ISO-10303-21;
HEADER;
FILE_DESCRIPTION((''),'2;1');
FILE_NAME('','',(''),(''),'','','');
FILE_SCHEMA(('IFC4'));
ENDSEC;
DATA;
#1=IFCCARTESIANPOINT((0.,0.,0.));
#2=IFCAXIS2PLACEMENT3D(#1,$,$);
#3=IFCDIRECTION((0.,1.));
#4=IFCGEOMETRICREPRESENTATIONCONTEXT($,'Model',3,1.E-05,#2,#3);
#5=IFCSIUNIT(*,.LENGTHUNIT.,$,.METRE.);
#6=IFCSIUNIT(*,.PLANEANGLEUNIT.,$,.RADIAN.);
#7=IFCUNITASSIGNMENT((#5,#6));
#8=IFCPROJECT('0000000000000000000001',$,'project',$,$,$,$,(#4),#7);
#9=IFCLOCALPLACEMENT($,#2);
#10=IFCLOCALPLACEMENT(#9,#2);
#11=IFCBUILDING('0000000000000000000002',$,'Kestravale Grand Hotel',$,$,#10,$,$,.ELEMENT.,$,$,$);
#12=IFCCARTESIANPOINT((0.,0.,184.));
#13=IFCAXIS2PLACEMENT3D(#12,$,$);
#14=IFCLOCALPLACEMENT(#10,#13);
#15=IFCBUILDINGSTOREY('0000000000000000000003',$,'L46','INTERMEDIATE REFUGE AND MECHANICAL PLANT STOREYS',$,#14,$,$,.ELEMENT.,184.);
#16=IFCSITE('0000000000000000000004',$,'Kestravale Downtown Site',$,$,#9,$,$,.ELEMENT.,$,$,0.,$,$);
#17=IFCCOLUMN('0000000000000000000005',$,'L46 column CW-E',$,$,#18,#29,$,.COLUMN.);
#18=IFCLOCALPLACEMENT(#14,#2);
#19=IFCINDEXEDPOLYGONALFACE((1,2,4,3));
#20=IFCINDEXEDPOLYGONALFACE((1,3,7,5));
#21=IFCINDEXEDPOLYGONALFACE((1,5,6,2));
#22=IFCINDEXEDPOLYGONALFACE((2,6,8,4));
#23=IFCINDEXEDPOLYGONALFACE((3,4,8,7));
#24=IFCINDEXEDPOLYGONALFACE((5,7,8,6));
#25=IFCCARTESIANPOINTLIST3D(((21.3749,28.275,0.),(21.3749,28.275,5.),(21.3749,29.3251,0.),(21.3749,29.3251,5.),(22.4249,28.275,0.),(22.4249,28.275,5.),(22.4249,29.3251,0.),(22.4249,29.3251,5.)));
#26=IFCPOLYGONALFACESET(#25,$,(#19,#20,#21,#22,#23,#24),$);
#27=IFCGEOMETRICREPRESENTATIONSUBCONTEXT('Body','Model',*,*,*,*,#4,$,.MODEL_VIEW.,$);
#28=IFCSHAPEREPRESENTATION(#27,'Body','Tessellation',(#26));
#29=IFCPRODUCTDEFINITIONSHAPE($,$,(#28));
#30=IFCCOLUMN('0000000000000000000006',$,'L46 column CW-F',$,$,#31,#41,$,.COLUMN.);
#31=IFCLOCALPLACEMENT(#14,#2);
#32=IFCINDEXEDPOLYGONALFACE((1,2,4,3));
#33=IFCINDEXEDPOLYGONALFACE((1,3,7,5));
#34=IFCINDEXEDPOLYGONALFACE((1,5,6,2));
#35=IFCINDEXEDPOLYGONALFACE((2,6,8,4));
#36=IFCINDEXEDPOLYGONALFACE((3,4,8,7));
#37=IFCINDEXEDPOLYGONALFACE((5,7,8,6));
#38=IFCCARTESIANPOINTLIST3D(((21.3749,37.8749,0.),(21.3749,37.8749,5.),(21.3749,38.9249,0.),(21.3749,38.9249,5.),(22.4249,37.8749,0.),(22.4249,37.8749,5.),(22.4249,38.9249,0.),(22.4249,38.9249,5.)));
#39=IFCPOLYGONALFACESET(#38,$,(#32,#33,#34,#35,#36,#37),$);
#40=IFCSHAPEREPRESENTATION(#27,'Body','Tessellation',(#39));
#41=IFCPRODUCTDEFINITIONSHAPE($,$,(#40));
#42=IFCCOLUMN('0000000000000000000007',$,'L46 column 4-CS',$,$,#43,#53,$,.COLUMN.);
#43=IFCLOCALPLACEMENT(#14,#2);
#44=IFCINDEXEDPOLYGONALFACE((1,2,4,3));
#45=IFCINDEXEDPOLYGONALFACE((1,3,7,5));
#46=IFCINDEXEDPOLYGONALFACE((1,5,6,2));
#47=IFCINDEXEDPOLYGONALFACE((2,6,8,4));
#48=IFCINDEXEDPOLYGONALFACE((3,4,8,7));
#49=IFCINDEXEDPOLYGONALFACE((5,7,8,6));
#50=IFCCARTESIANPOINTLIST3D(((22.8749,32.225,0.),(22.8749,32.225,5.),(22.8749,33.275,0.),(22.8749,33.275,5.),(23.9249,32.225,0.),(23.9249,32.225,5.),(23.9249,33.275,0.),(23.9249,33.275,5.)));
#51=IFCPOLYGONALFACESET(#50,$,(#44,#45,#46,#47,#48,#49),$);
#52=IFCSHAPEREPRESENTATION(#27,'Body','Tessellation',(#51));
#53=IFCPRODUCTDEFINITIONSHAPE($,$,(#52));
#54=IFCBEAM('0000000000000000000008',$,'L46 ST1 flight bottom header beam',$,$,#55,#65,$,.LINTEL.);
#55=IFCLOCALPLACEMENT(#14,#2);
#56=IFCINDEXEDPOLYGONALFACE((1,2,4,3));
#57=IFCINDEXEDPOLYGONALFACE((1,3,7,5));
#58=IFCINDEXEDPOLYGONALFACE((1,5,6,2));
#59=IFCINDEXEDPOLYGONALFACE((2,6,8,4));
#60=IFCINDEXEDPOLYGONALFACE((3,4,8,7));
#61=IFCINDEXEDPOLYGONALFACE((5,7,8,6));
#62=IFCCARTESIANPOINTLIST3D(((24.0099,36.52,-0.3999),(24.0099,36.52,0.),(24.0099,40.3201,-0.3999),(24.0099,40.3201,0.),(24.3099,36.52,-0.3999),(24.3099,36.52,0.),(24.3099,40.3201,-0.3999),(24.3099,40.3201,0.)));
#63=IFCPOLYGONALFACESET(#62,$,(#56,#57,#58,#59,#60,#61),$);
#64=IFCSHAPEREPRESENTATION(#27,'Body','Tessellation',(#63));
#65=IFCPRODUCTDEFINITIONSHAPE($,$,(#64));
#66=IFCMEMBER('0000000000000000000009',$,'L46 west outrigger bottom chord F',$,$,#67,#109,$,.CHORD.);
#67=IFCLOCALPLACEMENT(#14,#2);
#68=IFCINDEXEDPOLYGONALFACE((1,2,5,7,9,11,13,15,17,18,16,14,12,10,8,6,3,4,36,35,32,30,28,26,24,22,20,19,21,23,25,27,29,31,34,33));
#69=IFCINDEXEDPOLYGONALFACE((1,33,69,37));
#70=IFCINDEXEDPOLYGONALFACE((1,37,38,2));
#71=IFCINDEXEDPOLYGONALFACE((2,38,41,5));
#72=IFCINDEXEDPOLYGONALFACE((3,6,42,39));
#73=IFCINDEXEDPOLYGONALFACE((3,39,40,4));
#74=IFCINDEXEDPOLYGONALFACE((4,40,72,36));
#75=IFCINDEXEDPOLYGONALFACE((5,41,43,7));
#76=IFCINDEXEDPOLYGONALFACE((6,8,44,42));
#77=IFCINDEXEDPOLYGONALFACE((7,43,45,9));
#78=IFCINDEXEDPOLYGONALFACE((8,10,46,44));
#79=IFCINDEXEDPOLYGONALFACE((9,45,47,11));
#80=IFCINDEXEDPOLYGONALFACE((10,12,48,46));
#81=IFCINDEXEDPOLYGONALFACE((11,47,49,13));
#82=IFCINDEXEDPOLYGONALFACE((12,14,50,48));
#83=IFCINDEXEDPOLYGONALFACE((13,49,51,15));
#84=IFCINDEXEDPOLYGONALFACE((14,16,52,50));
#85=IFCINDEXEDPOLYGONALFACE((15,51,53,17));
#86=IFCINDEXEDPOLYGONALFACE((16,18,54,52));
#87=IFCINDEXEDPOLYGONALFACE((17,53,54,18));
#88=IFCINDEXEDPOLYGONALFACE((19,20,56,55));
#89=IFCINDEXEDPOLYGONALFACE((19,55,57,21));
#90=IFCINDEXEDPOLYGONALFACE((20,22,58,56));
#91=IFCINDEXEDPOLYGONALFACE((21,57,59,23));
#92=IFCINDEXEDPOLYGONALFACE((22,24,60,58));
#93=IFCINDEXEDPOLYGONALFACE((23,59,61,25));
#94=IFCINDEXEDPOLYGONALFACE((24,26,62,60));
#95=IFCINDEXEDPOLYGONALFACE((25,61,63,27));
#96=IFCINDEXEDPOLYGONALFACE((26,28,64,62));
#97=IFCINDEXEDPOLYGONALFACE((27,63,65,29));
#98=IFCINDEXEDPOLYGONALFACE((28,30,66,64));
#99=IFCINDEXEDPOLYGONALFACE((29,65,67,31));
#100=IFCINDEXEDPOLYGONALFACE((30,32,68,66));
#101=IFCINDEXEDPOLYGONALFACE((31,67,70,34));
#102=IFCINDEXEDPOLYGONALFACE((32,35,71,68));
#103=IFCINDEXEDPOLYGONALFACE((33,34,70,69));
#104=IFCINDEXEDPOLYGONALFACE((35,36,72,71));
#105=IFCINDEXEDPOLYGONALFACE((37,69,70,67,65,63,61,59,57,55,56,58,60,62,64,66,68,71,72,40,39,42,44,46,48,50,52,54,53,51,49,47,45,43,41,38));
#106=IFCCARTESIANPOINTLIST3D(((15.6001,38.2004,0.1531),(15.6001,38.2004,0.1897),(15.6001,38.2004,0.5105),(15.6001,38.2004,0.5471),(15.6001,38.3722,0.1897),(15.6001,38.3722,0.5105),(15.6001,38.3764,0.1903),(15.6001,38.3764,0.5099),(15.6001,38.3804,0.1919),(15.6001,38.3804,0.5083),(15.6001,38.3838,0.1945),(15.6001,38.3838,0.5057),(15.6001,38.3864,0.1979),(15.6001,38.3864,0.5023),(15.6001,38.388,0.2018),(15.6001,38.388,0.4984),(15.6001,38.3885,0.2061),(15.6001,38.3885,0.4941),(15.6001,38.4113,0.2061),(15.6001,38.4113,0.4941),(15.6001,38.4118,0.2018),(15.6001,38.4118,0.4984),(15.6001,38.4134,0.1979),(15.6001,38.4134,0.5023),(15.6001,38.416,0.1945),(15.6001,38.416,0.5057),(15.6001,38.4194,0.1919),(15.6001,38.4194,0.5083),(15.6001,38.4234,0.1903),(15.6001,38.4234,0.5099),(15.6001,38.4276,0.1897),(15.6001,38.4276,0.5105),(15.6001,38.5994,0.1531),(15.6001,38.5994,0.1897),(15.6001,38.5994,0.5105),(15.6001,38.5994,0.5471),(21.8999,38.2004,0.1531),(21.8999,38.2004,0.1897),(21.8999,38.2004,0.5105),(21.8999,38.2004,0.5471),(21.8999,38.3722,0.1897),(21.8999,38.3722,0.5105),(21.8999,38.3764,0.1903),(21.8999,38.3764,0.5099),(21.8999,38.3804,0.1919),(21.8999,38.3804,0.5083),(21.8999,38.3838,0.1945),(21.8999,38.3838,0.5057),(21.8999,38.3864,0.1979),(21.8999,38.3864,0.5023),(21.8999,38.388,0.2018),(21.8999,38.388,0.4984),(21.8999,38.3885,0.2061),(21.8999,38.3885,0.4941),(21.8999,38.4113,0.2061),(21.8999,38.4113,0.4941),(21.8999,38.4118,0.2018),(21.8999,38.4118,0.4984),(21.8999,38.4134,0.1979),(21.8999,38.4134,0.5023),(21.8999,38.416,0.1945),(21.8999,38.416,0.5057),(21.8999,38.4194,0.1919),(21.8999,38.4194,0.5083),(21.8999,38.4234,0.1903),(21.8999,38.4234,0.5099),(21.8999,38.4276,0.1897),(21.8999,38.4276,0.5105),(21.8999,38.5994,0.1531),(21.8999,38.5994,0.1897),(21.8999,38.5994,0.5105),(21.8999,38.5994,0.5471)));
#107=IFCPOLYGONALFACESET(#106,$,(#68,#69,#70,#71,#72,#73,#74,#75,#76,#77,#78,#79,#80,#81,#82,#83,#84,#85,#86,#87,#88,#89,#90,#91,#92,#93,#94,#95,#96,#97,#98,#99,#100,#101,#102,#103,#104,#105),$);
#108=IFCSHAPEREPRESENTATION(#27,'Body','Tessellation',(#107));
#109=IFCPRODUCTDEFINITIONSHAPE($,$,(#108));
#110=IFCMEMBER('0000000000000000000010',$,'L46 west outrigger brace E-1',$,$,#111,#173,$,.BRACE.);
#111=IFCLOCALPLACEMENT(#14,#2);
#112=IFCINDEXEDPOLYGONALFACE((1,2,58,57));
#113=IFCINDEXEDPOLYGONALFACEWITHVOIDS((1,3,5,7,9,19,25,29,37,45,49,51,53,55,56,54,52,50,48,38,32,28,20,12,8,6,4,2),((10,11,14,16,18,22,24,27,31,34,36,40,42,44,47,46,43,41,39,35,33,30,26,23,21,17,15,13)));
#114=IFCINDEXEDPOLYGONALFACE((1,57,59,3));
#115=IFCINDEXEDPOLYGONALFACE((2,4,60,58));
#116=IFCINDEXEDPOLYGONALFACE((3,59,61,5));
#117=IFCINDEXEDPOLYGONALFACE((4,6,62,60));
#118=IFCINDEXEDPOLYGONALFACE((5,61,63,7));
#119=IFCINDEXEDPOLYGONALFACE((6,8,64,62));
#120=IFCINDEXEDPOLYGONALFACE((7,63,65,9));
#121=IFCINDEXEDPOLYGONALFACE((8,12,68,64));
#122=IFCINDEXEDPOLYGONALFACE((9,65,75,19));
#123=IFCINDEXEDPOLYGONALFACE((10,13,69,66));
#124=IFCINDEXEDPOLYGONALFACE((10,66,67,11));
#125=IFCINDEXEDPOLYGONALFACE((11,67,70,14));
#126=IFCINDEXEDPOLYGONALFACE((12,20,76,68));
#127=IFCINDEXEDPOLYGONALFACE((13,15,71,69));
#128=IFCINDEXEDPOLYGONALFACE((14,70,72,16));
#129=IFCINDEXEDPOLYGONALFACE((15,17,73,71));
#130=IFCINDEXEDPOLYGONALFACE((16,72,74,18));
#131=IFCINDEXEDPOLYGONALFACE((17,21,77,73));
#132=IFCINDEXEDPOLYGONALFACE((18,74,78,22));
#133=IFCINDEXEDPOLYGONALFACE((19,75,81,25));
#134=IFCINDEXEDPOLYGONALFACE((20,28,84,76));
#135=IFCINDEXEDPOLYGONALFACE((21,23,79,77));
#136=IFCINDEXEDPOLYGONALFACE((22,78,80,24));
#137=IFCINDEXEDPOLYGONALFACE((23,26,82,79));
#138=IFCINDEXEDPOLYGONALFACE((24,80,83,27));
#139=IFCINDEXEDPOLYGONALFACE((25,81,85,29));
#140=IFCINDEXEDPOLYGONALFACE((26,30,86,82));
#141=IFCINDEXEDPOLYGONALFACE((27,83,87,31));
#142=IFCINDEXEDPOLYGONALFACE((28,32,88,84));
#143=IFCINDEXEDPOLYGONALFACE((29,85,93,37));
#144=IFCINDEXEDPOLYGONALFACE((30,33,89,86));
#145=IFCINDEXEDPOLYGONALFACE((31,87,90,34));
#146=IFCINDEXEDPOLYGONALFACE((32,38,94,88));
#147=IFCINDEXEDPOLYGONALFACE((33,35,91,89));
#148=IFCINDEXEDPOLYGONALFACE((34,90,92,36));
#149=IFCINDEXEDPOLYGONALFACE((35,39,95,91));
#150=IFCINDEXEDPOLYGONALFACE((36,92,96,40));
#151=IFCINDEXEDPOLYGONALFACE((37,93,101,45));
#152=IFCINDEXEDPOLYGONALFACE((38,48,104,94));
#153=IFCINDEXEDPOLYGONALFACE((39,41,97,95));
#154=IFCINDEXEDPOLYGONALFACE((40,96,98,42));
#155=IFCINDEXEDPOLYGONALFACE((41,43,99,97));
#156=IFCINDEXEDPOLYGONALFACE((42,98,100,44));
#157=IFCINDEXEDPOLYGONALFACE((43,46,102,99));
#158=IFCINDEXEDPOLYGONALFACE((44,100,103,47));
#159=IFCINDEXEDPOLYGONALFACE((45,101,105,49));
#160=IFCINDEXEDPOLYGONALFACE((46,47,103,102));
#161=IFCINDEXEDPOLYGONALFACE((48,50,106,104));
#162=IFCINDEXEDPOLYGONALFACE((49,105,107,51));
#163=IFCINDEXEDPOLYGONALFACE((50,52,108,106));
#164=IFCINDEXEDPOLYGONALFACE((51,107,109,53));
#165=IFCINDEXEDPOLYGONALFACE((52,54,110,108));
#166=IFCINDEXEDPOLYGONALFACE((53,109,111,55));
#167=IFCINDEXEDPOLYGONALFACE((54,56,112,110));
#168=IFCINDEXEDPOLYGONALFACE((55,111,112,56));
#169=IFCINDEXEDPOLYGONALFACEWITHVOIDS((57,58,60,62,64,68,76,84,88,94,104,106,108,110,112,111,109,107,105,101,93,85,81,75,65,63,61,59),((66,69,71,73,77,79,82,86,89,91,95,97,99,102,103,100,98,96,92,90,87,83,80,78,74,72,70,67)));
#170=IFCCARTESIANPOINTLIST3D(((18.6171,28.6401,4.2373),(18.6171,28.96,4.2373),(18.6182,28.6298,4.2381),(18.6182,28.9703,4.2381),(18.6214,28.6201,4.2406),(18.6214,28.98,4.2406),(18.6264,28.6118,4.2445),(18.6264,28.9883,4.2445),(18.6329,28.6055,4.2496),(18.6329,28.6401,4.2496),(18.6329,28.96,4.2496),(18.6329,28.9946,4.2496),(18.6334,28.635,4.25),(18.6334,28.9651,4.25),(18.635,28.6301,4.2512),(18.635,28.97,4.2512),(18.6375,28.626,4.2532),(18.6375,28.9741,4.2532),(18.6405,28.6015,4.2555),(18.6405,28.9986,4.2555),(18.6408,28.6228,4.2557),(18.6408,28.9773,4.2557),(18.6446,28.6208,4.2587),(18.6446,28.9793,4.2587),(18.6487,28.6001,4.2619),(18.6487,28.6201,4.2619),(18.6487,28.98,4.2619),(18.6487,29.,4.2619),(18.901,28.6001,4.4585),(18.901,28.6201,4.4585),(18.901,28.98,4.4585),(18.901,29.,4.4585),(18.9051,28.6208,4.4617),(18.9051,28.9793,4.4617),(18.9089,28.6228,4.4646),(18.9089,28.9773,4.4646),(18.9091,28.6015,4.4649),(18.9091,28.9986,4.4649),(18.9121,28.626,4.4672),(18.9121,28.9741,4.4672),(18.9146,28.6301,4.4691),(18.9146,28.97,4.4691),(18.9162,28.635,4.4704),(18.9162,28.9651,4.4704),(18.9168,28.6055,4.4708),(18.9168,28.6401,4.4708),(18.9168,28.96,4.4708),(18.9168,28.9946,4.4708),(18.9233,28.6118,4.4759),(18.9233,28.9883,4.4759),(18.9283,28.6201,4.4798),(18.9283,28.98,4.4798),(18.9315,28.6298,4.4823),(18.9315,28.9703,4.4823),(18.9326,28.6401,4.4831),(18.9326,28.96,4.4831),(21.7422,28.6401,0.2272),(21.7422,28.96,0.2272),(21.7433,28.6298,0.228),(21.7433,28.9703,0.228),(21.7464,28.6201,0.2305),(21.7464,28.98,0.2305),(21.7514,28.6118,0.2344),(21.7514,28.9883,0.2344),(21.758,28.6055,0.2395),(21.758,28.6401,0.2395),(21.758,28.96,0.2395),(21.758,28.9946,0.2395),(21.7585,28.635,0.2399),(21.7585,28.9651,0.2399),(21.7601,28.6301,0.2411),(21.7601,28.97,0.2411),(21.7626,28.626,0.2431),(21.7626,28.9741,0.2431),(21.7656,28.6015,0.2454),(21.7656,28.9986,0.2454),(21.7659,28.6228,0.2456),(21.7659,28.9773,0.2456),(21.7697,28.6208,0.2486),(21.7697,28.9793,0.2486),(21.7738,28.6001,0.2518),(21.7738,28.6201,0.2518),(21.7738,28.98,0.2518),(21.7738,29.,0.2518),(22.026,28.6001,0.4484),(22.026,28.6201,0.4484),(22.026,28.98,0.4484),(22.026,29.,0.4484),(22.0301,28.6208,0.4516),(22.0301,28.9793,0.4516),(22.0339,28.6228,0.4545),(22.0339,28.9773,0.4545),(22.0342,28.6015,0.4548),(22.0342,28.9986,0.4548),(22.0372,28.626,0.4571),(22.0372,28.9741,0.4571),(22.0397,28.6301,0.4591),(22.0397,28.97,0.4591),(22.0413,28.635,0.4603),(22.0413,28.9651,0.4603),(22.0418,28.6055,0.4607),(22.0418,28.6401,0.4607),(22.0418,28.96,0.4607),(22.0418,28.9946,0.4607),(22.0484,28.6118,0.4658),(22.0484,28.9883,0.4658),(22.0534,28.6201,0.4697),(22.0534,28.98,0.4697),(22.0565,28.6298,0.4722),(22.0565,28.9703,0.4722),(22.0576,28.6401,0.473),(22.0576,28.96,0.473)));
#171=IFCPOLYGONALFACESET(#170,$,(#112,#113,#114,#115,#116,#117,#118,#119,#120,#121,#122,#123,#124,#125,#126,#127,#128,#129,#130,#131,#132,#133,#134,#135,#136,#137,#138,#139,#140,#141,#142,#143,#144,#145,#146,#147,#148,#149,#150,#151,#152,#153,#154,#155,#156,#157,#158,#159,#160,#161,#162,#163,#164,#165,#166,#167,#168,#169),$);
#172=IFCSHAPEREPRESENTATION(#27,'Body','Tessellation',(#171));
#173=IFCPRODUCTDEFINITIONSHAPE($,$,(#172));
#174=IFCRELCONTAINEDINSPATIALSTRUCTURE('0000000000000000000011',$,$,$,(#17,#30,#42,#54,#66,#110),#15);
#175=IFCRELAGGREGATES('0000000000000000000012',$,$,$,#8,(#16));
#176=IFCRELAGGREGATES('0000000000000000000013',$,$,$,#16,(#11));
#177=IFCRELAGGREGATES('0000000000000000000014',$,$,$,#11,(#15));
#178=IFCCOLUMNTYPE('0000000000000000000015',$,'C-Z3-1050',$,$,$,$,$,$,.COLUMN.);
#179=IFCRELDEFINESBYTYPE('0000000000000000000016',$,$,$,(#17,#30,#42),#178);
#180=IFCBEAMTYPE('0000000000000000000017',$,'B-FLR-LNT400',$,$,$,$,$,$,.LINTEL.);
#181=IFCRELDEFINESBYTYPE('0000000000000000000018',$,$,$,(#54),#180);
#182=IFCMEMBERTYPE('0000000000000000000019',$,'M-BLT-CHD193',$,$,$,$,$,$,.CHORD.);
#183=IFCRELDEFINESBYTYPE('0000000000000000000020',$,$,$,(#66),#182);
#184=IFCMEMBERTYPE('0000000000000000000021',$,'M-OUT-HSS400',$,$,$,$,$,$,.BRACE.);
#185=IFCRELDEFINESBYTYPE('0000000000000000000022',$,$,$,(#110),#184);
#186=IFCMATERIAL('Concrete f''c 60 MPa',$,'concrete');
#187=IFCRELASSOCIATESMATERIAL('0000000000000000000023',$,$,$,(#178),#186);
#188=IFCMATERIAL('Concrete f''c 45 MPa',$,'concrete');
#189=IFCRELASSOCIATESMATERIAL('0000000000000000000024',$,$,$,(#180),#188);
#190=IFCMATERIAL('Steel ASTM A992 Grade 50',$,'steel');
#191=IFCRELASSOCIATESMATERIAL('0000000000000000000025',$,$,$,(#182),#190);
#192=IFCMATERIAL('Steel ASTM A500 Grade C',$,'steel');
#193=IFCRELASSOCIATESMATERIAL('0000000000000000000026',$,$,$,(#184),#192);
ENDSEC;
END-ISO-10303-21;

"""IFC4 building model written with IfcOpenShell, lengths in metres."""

from ifc_helpers import new_model, si_unit, direction, frame, origin, origin_2d, place, context, subcontext, project, spatial, rectangle, hollow_rectangle, i_section, extrude, material, material_profile, profile_set, type_object, element, save


model = new_model("IFC4")

# Units and contexts
model_context = context("Model", 3, precision=1e-05, world=origin(), true_north=direction((0.0, 1.0)))
body_context = subcontext(model_context, "Body", "Model", "MODEL_VIEW")
ifc_project = project(units=[si_unit("LENGTHUNIT", "METRE"), si_unit("PLANEANGLEUNIT", "RADIAN")], contexts=[model_context])

# Site, building, storey
site_placement = place(None, origin())
site = spatial("IfcSite", under=ifc_project, at=site_placement, Name="Kestravale Downtown Site", CompositionType="ELEMENT", RefElevation=0.0)
building_placement = place(site_placement, origin())
building = spatial("IfcBuilding", under=site, at=building_placement, Name="Kestravale Grand Hotel", CompositionType="ELEMENT")
storey_placement = place(building_placement, frame((0.0, 0.0, 184.0)))
storey = spatial("IfcBuildingStorey", under=building, at=storey_placement, Name="L46", Description="INTERMEDIATE REFUGE AND MECHANICAL PLANT STOREYS", CompositionType="ELEMENT", Elevation=184.0)

# Columns
ifc_material_1 = material(Name="Concrete f'c 60 MPa", Category="concrete")
ifc_material_profile_1 = material_profile(ifc_material_1, rectangle(XDim=1.05, YDim=1.05, at=origin_2d()))
ifc_profile_set_1 = profile_set([ifc_material_profile_1], Name="Concrete f'c 60 MPa")
column_type = type_object("IfcColumnType", Name="C-Z3-1050", PredefinedType="COLUMN", material=ifc_profile_set_1)
for number, where, z_axis, x_axis, name in (
    (1, (21.8999, 28.8, 0.0), (0.0, 0.0, 1.0), (1.0, 0.0, 0.0), "L46 column CW-E"),
    (2, (21.8999, 38.3999, 0.0), (0.0, 0.0, 1.0), (1.0, 0.0, 0.0), "L46 column CW-F"),
    (3, (23.3999, 32.75, 0.0), (0.0, 0.0, 1.0), (1.0, 0.0, 0.0), "L46 column 4-CS"),
):
    element("IfcColumn", number, at=place(storey_placement, frame(where, z_axis=z_axis, x_axis=x_axis)), inside=storey, type_object=column_type, Name=name, PredefinedType="COLUMN", context=body_context, shape_type="SweptSolid", body=[
        extrude(rectangle(XDim=1.05, YDim=1.05, at=origin_2d()), origin(), (0.0, 0.0, 1.0), 5.0),
    ])

# Beam
ifc_material_2 = material(Name="Concrete f'c 45 MPa", Category="concrete")
ifc_material_profile_2 = material_profile(ifc_material_2, rectangle(XDim=0.3, YDim=0.3999, at=origin_2d()))
ifc_profile_set_2 = profile_set([ifc_material_profile_2], Name="Concrete f'c 45 MPa")
beam_type = type_object("IfcBeamType", Name="B-FLR-LNT400", PredefinedType="LINTEL", material=ifc_profile_set_2)
beam_placement = place(storey_placement, frame((24.1599, 36.52, -0.2), z_axis=(0.0, 1.0, 0.0), x_axis=(-1.0, 0.0, 0.0)))
element("IfcBeam", 4, at=beam_placement, inside=storey, type_object=beam_type, Name="L46 ST1 flight bottom header beam", PredefinedType="LINTEL", context=body_context, shape_type="SweptSolid", body=[
    extrude(rectangle(XDim=0.3, YDim=0.3999, at=origin_2d()), origin(), (0.0, 0.0, 1.0), 3.8),
])

# Members
ifc_material_3 = material(Name="Steel ASTM A992 Grade 50", Category="steel")
ifc_material_profile_3 = material_profile(ifc_material_3, i_section(OverallWidth=0.3989, OverallDepth=0.394, WebThickness=0.0227, FlangeThickness=0.0366, FilletRadius=0.0164, at=origin_2d()))
ifc_profile_set_3 = profile_set([ifc_material_profile_3], Name="Steel ASTM A992 Grade 50")
member_type_1 = type_object("IfcMemberType", Name="M-BLT-CHD193", PredefinedType="CHORD", material=ifc_profile_set_3)
member_placement = place(storey_placement, frame((15.6001, 38.3999, 0.3501), z_axis=(1.0, 0.0, 0.0), x_axis=(0.0, 1.0, 0.0)))
element("IfcMember", 5, at=member_placement, inside=storey, type_object=member_type_1, Name="L46 west outrigger bottom chord F", PredefinedType="CHORD", context=body_context, shape_type="SweptSolid", body=[
    extrude(i_section(OverallWidth=0.3989, OverallDepth=0.394, WebThickness=0.0227, FlangeThickness=0.0366, FilletRadius=0.0164, at=origin_2d()), origin(), (0.0, 0.0, 1.0), 6.2998),
])
ifc_material_4 = material(Name="Steel ASTM A500 Grade C", Category="steel")
ifc_material_profile_4 = material_profile(ifc_material_4, hollow_rectangle(XDim=0.3999, YDim=0.3999, WallThickness=0.02, InnerFilletRadius=0.02, OuterFilletRadius=0.04, at=origin_2d()))
ifc_profile_set_4 = profile_set([ifc_material_profile_4], Name="Steel ASTM A500 Grade C")
member_type_2 = type_object("IfcMemberType", Name="M-OUT-HSS400", PredefinedType="BRACE", material=ifc_profile_set_4)
for number, where, z_axis, x_axis, name in (
    (6, (21.8999, 28.8, 0.3501), (-0.614688, 0.0, 0.78877), (0.0, -1.0, 0.0), "L46 west outrigger brace E-1"),
):
    element("IfcMember", number, at=place(storey_placement, frame(where, z_axis=z_axis, x_axis=x_axis)), inside=storey, type_object=member_type_2, Name=name, PredefinedType="BRACE", context=body_context, shape_type="SweptSolid", body=[
        extrude(hollow_rectangle(XDim=0.3999, YDim=0.3999, WallThickness=0.02, InnerFilletRadius=0.02, OuterFilletRadius=0.04, at=origin_2d()), origin(), (0.0, 0.0, 1.0), 5.084),
    ])

save(model, "model.ifc")
